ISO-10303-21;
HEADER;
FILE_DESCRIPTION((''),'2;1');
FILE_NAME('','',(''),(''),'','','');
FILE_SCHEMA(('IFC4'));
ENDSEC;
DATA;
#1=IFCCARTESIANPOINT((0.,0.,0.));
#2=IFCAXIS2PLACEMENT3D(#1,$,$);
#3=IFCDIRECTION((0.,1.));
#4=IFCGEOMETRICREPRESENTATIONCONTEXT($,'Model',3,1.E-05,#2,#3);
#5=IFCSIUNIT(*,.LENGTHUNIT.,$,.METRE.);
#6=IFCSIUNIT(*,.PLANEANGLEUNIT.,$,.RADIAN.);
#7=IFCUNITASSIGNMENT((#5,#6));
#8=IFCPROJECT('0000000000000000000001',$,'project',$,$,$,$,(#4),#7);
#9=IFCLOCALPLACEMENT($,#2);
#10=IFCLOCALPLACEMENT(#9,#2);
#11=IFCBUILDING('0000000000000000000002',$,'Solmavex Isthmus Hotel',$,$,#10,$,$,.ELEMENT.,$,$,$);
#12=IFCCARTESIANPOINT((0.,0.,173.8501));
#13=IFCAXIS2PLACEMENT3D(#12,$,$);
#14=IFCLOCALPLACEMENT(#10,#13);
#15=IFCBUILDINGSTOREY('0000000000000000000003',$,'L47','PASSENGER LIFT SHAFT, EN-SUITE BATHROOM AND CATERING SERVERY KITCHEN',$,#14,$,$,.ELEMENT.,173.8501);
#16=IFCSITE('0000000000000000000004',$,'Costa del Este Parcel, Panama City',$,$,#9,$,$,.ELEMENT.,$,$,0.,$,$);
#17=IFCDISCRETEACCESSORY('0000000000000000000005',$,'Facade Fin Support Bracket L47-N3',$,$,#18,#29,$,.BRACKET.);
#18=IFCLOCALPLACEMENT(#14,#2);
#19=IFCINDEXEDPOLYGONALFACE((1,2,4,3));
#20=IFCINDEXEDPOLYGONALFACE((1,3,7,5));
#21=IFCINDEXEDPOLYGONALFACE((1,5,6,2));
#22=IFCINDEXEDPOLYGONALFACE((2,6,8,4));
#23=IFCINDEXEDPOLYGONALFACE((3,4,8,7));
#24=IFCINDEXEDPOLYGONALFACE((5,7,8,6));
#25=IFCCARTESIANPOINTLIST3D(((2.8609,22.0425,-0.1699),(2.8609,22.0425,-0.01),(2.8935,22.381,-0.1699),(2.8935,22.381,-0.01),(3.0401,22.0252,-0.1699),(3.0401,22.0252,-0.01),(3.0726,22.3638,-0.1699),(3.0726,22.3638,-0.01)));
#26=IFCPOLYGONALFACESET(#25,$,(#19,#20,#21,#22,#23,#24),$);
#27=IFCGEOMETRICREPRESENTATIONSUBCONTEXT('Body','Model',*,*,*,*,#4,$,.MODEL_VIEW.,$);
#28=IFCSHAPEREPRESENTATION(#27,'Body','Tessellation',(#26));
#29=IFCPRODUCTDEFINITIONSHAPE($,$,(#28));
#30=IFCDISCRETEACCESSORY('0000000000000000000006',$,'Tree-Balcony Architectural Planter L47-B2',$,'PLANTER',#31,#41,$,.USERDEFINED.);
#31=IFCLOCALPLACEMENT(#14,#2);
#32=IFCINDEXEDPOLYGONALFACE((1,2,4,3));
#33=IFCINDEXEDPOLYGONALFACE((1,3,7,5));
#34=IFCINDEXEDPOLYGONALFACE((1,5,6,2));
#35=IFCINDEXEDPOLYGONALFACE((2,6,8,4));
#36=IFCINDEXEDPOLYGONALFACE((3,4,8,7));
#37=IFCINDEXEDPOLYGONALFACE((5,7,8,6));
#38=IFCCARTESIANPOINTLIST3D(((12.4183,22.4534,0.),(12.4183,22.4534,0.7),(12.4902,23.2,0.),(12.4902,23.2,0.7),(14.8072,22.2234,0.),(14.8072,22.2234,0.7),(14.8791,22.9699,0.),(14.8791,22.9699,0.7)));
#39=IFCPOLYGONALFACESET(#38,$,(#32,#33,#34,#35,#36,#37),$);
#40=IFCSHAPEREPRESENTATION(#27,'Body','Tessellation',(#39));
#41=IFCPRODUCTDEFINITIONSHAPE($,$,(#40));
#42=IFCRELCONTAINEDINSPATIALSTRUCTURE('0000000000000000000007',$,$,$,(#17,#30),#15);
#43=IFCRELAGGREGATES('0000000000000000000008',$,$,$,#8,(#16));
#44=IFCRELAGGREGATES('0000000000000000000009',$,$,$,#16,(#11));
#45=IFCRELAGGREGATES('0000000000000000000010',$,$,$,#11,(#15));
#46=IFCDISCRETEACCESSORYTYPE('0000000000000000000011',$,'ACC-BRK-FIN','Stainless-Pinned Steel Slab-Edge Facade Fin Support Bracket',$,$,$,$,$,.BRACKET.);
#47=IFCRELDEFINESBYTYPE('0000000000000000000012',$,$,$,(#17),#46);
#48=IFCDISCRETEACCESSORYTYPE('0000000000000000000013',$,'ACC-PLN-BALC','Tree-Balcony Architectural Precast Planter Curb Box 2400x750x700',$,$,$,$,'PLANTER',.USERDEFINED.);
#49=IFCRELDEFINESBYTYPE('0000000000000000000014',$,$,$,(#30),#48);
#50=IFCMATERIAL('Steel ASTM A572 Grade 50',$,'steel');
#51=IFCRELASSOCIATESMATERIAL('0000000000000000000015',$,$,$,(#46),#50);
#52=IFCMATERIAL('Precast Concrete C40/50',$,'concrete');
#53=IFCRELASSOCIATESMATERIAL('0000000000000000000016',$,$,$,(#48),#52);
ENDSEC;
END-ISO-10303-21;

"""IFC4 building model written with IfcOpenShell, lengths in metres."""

from ifc_helpers import new_model, si_unit, direction, frame, origin, origin_2d, place, context, subcontext, project, spatial, rectangle, extrude, material, type_object, element, save


model = new_model("IFC4")

# Units and contexts
model_context = context("Model", 3, precision=1e-05, world=origin(), true_north=direction((0.0, 1.0)))
body_context = subcontext(model_context, "Body", "Model", "MODEL_VIEW")
ifc_project = project(units=[si_unit("LENGTHUNIT", "METRE"), si_unit("PLANEANGLEUNIT", "RADIAN")], contexts=[model_context])

# Site, building, storey
site_placement = place(None, origin())
site = spatial("IfcSite", under=ifc_project, at=site_placement, Name="Costa del Este Parcel, Panama City", CompositionType="ELEMENT", RefElevation=0.0)
building_placement = place(site_placement, origin())
building = spatial("IfcBuilding", under=site, at=building_placement, Name="Solmavex Isthmus Hotel", CompositionType="ELEMENT")
storey_placement = place(building_placement, frame((0.0, 0.0, 173.8501)))
storey = spatial("IfcBuildingStorey", under=building, at=storey_placement, Name="L47", Description="PASSENGER LIFT SHAFT, EN-SUITE BATHROOM AND CATERING SERVERY KITCHEN", CompositionType="ELEMENT", Elevation=173.8501)

# Shared definitions
ifc_material_1 = material(Name="Precast Concrete C40/50", Category="concrete")

# Discrete accessories
ifc_material_2 = material(Name="Steel ASTM A572 Grade 50", Category="steel")
discrete_accessory_type_1 = type_object("IfcDiscreteAccessoryType", Name="ACC-BRK-FIN", Description="Stainless-Pinned Steel Slab-Edge Facade Fin Support Bracket", PredefinedType="BRACKET", material=ifc_material_2)
discrete_accessory_1_placement = place(storey_placement, frame((2.9668, 22.2031, -0.1699), z_axis=(0.0, 0.0, 1.0), x_axis=(0.095846, 0.995396, 0.0)))
element("IfcDiscreteAccessory", 1, at=discrete_accessory_1_placement, inside=storey, type_object=discrete_accessory_type_1, Name="Facade Fin Support Bracket L47-N3", PredefinedType="BRACKET", context=body_context, shape_type="SweptSolid", body=[
    extrude(rectangle(XDim=0.3401, YDim=0.1799, at=origin_2d()), origin(), (0.0, 0.0, 1.0), 0.1599),
])
discrete_accessory_type_2 = type_object("IfcDiscreteAccessoryType", Name="ACC-PLN-BALC", Description="Tree-Balcony Architectural Precast Planter Curb Box 2400x750x700", ElementType="PLANTER", PredefinedType="USERDEFINED", material=ifc_material_1)
discrete_accessory_2_placement = place(storey_placement, frame((13.6487, 22.7117, 0.0), z_axis=(0.0, 0.0, 1.0), x_axis=(0.995396, -0.095846, 0.0)))
element("IfcDiscreteAccessory", 2, at=discrete_accessory_2_placement, inside=storey, type_object=discrete_accessory_type_2, Name="Tree-Balcony Architectural Planter L47-B2", ObjectType="PLANTER", PredefinedType="USERDEFINED", context=body_context, shape_type="SweptSolid", body=[
    extrude(rectangle(XDim=2.3999, YDim=0.75, at=origin_2d()), origin(), (0.0, 0.0, 1.0), 0.7),
])

save(model, "model.ifc")
